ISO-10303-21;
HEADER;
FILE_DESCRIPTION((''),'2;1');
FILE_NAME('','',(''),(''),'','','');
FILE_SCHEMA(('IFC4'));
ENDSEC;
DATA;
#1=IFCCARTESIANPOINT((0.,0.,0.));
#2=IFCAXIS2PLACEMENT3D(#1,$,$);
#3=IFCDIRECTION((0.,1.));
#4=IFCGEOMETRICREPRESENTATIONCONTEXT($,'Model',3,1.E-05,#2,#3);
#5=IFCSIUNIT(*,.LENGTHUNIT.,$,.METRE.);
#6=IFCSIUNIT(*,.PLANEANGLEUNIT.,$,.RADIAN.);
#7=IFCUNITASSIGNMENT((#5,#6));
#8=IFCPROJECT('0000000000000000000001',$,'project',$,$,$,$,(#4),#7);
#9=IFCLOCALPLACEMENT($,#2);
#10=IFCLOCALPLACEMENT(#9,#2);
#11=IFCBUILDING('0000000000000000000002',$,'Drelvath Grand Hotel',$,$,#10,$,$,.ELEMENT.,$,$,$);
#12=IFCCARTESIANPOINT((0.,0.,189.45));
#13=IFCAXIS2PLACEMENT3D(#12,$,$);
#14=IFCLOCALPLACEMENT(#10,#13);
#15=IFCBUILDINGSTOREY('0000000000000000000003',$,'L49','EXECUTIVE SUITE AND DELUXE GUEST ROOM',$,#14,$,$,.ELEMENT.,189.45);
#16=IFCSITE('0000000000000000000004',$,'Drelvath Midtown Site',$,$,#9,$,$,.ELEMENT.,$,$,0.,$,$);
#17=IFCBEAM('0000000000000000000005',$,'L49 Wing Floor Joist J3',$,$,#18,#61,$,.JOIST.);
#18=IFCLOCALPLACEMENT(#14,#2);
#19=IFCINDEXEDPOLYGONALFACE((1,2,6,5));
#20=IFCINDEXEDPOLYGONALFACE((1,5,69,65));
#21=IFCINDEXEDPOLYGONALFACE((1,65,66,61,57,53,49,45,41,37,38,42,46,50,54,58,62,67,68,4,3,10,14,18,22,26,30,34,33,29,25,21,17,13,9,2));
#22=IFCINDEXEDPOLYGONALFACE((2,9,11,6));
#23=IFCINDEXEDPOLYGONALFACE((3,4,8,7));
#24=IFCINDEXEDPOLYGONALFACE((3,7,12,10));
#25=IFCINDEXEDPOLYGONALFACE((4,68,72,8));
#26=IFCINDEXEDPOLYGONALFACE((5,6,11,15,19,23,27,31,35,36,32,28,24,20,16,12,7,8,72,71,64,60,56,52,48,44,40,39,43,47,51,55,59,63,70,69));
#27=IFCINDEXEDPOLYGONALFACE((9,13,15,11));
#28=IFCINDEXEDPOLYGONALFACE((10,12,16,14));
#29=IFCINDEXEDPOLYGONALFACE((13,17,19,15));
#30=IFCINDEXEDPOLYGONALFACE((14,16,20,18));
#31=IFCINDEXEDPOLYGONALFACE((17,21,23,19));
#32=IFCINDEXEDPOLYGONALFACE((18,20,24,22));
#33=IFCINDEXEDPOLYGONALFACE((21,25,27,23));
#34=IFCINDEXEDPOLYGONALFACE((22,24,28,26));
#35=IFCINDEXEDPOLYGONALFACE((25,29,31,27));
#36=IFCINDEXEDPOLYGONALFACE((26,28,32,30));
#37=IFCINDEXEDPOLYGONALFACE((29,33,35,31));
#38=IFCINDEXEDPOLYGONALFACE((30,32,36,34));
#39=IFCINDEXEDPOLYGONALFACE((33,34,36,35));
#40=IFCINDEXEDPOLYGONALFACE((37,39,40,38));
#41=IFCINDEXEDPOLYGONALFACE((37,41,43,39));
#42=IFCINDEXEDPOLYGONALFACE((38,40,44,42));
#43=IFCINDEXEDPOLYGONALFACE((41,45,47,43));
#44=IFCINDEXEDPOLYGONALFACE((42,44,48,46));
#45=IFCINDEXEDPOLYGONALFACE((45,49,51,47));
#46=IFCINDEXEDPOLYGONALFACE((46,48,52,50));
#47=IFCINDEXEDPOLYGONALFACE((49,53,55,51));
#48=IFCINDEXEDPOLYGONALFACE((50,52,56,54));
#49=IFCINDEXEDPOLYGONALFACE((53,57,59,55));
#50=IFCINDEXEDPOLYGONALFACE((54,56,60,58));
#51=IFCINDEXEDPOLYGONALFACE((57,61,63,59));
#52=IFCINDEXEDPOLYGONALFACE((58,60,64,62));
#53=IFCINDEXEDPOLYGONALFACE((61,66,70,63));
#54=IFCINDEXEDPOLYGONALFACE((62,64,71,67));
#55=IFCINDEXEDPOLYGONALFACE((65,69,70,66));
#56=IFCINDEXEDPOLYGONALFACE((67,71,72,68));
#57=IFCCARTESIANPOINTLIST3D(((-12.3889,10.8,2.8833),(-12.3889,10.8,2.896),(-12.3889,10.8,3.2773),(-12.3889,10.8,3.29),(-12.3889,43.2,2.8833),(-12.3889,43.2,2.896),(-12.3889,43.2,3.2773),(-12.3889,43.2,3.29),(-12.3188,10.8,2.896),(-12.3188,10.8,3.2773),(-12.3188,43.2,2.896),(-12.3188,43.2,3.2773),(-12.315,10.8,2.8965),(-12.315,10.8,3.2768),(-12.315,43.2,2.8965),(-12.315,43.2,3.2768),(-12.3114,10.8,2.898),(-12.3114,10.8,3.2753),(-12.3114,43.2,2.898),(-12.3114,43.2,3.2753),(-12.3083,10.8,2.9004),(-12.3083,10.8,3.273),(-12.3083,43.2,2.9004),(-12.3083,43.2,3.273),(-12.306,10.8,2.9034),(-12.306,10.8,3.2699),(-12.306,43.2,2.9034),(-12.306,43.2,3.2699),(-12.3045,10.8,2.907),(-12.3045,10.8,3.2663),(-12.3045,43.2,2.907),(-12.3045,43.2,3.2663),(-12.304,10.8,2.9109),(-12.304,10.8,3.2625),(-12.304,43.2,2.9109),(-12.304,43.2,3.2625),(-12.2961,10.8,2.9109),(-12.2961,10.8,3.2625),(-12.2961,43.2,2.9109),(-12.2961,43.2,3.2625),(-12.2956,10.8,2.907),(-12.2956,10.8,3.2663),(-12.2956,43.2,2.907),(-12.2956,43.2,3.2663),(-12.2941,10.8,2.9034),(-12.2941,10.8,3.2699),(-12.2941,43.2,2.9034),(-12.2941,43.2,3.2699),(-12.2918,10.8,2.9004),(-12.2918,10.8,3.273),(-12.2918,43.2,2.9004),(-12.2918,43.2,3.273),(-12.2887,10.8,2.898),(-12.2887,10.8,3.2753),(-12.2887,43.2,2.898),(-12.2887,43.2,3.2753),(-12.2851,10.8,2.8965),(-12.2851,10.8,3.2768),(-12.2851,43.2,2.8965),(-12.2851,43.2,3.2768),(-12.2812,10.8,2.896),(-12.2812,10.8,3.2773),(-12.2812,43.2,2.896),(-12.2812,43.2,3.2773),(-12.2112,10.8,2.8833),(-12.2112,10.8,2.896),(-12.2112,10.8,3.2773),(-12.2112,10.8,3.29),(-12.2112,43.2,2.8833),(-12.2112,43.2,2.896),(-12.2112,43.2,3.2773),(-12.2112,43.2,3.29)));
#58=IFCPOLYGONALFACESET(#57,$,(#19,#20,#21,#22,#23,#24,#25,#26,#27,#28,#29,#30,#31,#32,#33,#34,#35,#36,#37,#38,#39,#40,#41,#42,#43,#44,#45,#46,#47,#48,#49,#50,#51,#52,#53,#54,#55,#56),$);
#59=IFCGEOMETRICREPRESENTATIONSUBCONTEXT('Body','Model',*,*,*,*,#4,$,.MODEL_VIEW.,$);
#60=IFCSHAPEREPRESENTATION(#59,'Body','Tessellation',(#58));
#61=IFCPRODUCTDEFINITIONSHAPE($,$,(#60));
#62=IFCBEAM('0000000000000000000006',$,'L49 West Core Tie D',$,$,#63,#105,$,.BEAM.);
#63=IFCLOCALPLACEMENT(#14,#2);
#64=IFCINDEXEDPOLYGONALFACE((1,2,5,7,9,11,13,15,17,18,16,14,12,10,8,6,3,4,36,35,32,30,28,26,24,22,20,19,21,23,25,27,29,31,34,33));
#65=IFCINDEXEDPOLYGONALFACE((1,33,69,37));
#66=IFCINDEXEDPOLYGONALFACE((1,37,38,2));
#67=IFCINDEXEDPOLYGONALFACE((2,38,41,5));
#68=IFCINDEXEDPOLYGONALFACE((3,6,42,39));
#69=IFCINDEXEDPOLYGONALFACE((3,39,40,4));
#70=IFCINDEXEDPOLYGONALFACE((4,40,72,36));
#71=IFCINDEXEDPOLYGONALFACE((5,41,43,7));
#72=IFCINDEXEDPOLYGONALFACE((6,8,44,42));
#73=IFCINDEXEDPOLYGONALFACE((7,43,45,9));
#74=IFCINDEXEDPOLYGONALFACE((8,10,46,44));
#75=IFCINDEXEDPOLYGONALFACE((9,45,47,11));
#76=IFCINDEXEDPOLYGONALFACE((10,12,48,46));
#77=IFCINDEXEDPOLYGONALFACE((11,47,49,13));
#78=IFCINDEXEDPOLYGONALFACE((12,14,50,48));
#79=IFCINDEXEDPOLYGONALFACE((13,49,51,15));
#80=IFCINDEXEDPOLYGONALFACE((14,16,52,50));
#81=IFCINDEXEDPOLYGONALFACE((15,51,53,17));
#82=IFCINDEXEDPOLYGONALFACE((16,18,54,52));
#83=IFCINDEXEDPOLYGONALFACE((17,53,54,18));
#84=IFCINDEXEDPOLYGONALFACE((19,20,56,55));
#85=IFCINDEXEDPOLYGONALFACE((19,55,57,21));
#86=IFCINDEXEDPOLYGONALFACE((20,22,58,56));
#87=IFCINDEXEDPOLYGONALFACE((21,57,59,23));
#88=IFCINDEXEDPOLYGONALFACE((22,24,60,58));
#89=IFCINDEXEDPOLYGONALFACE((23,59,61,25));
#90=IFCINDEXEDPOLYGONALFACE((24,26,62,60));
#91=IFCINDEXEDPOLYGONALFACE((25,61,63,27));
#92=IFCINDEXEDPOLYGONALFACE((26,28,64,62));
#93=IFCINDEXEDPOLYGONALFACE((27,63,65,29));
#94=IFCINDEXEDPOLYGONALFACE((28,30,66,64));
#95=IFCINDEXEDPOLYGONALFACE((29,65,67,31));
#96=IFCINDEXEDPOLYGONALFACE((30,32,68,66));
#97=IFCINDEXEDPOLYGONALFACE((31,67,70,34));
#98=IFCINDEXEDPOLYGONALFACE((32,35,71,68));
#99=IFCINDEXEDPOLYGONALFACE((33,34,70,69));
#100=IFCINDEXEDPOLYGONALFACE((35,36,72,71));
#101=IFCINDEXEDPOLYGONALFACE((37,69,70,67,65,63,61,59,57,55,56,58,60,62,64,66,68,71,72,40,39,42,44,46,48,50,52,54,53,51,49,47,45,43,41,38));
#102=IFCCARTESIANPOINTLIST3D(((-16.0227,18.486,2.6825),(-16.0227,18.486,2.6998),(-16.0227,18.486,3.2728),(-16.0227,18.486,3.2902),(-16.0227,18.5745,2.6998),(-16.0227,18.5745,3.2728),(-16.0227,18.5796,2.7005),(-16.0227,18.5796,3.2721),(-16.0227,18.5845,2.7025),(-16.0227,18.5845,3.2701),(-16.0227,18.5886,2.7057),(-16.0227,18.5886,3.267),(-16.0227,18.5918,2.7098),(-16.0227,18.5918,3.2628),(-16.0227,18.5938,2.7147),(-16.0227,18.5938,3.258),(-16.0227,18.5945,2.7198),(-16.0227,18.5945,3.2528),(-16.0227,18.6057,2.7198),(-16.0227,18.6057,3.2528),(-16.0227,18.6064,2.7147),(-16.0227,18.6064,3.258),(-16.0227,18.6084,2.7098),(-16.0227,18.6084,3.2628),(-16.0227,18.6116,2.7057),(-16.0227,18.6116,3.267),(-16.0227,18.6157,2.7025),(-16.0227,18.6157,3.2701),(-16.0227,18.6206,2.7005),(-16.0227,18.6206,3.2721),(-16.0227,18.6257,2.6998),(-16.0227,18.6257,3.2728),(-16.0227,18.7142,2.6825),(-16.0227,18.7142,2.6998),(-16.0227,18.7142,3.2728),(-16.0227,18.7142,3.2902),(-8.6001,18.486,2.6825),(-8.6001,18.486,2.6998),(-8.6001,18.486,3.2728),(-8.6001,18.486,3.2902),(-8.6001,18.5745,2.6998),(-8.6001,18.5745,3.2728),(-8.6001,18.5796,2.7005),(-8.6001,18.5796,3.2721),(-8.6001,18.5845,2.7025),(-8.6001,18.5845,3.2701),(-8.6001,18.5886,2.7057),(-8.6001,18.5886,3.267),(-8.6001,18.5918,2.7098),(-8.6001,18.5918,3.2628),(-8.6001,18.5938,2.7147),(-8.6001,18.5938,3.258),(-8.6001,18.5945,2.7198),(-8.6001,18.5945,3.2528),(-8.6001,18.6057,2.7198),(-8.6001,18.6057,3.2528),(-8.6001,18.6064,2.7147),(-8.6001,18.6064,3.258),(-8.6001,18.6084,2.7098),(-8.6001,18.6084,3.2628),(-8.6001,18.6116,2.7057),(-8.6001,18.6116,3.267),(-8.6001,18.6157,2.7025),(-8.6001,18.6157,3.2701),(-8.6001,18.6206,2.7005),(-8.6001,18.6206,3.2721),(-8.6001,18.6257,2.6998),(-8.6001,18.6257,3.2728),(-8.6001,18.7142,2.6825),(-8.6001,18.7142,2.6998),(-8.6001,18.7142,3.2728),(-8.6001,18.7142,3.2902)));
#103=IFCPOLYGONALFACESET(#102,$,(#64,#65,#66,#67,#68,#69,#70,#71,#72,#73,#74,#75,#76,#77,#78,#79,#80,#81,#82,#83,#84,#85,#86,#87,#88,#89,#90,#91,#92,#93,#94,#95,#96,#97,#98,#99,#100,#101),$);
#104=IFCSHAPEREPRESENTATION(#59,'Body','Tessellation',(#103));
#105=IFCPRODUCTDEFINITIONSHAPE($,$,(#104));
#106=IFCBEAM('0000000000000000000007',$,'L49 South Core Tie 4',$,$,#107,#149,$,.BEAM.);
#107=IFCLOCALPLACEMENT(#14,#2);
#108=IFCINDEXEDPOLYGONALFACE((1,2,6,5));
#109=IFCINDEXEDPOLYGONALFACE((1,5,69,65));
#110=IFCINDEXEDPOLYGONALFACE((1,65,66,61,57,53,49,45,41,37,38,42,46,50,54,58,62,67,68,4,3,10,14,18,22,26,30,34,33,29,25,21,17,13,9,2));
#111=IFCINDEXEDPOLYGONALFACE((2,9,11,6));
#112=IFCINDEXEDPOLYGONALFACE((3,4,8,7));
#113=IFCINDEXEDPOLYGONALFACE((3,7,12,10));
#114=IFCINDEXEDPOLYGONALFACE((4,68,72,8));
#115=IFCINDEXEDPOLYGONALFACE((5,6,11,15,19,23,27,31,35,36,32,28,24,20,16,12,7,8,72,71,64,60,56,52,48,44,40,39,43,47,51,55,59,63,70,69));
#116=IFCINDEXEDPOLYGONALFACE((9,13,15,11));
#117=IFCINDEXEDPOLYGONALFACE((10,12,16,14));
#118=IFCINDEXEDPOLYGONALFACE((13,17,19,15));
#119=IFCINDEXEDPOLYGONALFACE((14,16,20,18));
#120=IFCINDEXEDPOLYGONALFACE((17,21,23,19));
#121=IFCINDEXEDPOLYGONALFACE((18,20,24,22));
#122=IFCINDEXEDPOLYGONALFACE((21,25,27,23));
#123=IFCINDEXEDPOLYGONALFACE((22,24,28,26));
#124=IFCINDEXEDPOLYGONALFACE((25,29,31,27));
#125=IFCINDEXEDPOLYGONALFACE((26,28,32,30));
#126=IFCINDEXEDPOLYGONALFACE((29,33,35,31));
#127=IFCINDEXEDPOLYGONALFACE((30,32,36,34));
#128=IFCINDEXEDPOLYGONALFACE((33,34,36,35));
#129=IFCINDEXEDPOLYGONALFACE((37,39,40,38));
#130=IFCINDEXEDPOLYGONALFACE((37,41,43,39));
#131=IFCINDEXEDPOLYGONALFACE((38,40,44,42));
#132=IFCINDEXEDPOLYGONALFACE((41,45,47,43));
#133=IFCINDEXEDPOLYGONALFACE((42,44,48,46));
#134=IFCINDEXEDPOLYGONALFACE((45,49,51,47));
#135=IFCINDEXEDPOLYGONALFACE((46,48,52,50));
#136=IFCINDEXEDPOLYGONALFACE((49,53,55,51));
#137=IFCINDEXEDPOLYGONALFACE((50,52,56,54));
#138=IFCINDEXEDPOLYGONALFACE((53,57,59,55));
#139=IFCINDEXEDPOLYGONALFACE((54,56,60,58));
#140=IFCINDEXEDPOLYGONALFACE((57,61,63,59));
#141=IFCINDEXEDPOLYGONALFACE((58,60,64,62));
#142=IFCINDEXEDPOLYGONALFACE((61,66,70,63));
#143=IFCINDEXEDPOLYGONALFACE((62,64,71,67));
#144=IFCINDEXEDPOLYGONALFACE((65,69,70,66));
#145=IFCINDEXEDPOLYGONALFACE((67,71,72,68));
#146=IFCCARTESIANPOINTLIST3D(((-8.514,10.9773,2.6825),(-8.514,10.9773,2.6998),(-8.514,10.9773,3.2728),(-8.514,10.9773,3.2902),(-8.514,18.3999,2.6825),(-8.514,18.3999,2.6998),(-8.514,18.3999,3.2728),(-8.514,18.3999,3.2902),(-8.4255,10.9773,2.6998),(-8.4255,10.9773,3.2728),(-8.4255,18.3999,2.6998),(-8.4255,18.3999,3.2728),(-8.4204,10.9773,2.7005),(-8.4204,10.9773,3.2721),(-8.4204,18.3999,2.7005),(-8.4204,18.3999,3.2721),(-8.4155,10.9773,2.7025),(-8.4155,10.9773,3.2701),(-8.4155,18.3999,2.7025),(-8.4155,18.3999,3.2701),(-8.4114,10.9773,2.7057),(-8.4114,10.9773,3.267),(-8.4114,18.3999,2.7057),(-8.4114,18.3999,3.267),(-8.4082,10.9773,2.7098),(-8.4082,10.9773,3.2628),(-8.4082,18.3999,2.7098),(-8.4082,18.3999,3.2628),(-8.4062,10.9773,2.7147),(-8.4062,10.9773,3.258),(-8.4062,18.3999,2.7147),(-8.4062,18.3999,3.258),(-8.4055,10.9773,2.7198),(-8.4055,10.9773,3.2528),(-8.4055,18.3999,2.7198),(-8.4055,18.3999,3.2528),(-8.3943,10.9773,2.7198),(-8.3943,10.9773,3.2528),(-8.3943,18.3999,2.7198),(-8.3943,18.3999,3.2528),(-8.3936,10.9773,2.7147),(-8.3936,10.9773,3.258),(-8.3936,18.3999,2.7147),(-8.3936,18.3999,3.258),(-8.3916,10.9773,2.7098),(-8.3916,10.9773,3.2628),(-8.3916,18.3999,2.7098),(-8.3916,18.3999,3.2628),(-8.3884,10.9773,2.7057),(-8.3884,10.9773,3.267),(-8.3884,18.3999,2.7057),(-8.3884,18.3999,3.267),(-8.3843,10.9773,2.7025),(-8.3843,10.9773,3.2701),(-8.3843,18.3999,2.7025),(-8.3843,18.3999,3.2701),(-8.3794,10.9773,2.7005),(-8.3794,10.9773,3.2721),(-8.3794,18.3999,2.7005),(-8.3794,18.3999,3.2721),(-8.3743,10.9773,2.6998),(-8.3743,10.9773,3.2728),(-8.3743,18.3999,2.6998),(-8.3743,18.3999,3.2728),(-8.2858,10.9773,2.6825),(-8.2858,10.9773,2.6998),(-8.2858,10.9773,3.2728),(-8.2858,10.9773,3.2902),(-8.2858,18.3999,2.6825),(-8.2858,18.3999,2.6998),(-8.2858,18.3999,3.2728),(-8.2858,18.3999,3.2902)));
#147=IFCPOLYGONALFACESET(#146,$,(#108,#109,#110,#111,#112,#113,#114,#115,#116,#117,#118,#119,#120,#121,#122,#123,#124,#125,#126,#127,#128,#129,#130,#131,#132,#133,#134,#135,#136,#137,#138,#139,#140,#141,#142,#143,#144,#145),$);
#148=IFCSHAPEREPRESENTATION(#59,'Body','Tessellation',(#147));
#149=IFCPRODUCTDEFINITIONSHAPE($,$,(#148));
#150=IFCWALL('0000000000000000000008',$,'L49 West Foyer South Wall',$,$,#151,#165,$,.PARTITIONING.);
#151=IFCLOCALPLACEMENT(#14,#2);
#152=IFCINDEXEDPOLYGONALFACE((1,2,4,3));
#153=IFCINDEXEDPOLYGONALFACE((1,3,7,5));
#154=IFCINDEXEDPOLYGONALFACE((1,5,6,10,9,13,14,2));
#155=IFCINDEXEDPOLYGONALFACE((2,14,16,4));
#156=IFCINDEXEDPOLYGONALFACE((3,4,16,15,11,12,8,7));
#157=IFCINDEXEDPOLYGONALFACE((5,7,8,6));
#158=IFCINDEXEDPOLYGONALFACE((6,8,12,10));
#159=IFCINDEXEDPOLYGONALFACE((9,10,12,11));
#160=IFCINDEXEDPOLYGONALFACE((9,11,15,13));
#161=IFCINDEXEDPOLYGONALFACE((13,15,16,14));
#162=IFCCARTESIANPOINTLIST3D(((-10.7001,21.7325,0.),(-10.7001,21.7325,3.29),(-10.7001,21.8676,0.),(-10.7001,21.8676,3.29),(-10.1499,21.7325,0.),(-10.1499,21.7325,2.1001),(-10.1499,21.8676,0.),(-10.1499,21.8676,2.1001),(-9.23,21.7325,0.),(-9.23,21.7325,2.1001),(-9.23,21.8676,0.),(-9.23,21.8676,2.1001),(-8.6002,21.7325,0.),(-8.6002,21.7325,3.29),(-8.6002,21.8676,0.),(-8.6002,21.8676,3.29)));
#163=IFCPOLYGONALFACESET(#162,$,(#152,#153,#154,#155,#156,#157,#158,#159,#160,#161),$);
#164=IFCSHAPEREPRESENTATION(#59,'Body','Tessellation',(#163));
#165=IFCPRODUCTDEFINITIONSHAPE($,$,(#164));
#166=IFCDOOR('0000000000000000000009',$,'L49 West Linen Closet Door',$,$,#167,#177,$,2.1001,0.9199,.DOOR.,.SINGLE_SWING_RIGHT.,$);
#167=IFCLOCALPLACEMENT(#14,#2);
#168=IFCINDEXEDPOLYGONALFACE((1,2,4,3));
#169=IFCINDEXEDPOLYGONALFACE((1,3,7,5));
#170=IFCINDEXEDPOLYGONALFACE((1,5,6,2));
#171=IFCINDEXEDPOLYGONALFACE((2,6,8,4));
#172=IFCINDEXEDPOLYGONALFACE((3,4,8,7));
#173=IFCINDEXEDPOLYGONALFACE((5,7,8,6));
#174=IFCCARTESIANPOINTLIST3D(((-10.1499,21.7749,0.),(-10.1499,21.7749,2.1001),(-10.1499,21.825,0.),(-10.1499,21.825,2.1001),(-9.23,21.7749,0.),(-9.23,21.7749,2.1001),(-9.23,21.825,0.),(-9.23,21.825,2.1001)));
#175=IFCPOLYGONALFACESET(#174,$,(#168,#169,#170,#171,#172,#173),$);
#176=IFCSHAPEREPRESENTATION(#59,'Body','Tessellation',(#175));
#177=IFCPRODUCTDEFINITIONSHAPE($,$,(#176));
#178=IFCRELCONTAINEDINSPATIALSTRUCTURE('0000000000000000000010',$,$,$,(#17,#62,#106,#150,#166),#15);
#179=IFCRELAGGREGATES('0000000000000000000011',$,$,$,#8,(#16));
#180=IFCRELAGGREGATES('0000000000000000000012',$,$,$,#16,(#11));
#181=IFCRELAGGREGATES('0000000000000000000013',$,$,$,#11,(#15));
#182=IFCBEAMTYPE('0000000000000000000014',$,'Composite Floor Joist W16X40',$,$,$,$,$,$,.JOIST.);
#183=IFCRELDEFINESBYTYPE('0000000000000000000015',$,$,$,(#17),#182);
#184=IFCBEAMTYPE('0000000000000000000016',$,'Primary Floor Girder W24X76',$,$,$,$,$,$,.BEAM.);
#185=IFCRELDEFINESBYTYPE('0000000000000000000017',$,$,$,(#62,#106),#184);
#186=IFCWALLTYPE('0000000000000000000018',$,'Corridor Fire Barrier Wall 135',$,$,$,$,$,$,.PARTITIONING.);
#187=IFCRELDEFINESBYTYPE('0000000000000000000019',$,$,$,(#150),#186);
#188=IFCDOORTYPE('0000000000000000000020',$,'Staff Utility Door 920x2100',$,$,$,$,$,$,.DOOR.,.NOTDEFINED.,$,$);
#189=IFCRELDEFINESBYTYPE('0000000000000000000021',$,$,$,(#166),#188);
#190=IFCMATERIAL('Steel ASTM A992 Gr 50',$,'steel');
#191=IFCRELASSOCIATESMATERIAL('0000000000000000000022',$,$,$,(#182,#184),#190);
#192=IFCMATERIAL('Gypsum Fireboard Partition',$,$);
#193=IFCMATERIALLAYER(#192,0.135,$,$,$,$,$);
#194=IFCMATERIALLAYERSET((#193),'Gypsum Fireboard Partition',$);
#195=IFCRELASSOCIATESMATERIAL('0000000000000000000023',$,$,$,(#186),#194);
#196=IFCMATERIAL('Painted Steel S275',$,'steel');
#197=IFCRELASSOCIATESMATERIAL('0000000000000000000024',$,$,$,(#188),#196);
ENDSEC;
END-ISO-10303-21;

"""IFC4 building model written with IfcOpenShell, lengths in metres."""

from ifc_helpers import new_model, si_unit, direction, frame, frame_2d, origin, origin_2d, place, context, subcontext, project, spatial, rectangle, i_section, extrude, material, layer, layer_set, material_profile, profile_set, type_object, element, fill, save


model = new_model("IFC4")

# Units and contexts
model_context = context("Model", 3, precision=1e-05, world=origin(), true_north=direction((0.0, 1.0)))
body_context = subcontext(model_context, "Body", "Model", "MODEL_VIEW")
ifc_project = project(units=[si_unit("LENGTHUNIT", "METRE"), si_unit("PLANEANGLEUNIT", "RADIAN")], contexts=[model_context])

# Site, building, storey
site_placement = place(None, origin())
site = spatial("IfcSite", under=ifc_project, at=site_placement, Name="Drelvath Midtown Site", CompositionType="ELEMENT", RefElevation=0.0)
building_placement = place(site_placement, origin())
building = spatial("IfcBuilding", under=site, at=building_placement, Name="Drelvath Grand Hotel", CompositionType="ELEMENT")
storey_placement = place(building_placement, frame((0.0, 0.0, 189.45)))
storey = spatial("IfcBuildingStorey", under=building, at=storey_placement, Name="L49", Description="EXECUTIVE SUITE AND DELUXE GUEST ROOM", CompositionType="ELEMENT", Elevation=189.45)

# Beams
ifc_material_1 = material(Name="Steel ASTM A992 Gr 50", Category="steel")
ifc_material_profile_1 = material_profile(ifc_material_1, i_section(OverallWidth=0.1777, OverallDepth=0.4067, WebThickness=0.0078, FlangeThickness=0.0127, FilletRadius=0.0149, at=origin_2d()), Name="W16X40")
ifc_profile_set_1 = profile_set([ifc_material_profile_1], Name="Steel ASTM A992 Gr 50")
beam_type_1 = type_object("IfcBeamType", Name="Composite Floor Joist W16X40", PredefinedType="JOIST", material=ifc_profile_set_1)
beam_placement = place(storey_placement, frame((-12.3, 10.8, 3.0867), z_axis=(0.0, 1.0, 0.0), x_axis=(-1.0, 0.0, 0.0)))
element("IfcBeam", 1, at=beam_placement, inside=storey, type_object=beam_type_1, Name="L49 Wing Floor Joist J3", PredefinedType="JOIST", context=body_context, shape_type="SweptSolid", body=[
    extrude(i_section(OverallWidth=0.1777, OverallDepth=0.4067, WebThickness=0.0078, FlangeThickness=0.0127, FilletRadius=0.0149, at=origin_2d()), origin(), (0.0, 0.0, 1.0), 32.3999),
])
ifc_material_profile_2 = material_profile(ifc_material_1, i_section(OverallWidth=0.2283, OverallDepth=0.6077, WebThickness=0.0112, FlangeThickness=0.0173, FilletRadius=0.02, at=origin_2d()), Name="W24X76")
ifc_profile_set_2 = profile_set([ifc_material_profile_2], Name="Steel ASTM A992 Gr 50")
beam_type_2 = type_object("IfcBeamType", Name="Primary Floor Girder W24X76", PredefinedType="BEAM", material=ifc_profile_set_2)
for number, where, z_axis, x_axis, name in (
    (2, (-16.0227, 18.6001, 2.9863), (1.0, 0.0, 0.0), (0.0, 1.0, 0.0), "L49 West Core Tie D"),
    (3, (-8.3999, 10.9773, 2.9863), (0.0, 1.0, 0.0), (-1.0, 0.0, 0.0), "L49 South Core Tie 4"),
):
    element("IfcBeam", number, at=place(storey_placement, frame(where, z_axis=z_axis, x_axis=x_axis)), inside=storey, type_object=beam_type_2, Name=name, PredefinedType="BEAM", context=body_context, shape_type="SweptSolid", body=[
        extrude(i_section(OverallWidth=0.2283, OverallDepth=0.6077, WebThickness=0.0112, FlangeThickness=0.0173, FilletRadius=0.02, at=origin_2d()), origin(), (0.0, 0.0, 1.0), 7.4226),
    ])

# Wall, opening, door
ifc_material_2 = material(Name="Gypsum Fireboard Partition")
ifc_layer_1 = layer(ifc_material_2, 0.135)
ifc_layer_set_1 = layer_set([ifc_layer_1], Name="Gypsum Fireboard Partition")
wall_type_1 = type_object("IfcWallType", Name="Corridor Fire Barrier Wall 135", PredefinedType="PARTITIONING", material=ifc_layer_set_1)
wall_1_placement = place(storey_placement, frame((-10.7, 21.8, 0.0), z_axis=(0.0, 0.0, 1.0), x_axis=(1.0, 0.0, 0.0)))
wall_1 = element("IfcWall", 4, at=wall_1_placement, inside=storey, type_object=wall_type_1, Name="L49 West Foyer South Wall", PredefinedType="PARTITIONING", context=body_context, shape_type="SweptSolid", body=[
    extrude(rectangle(XDim=2.0999, YDim=0.135, at=frame_2d((1.0498, 0.0))), origin(), (0.0, 0.0, 1.0), 3.29),
])
opening_1_placement = place(wall_1_placement, frame((0.55, 0.0, 0.0)))
opening_1 = element("IfcOpeningElement", 5, at=opening_1_placement, cuts=wall_1, PredefinedType="OPENING", context=body_context, shape_type="SweptSolid", body=[
    extrude(rectangle(XDim=0.9199, YDim=2.1001, at=frame_2d((0.46, 1.05))), frame((0.0, 0.0774, 0.0), z_axis=(0.0, -1.0, 0.0), x_axis=(1.0, 0.0, 0.0)), (0.0, 0.0, 1.0), 0.155),
])
ifc_material_3 = material(Name="Painted Steel S275", Category="steel")
door_type_1 = type_object("IfcDoorType", Name="Staff Utility Door 920x2100", OperationType="NOTDEFINED", PredefinedType="DOOR", material=ifc_material_3)
door_1_placement = place(opening_1_placement, origin())
door_1 = element("IfcDoor", 6, at=door_1_placement, inside=storey, type_object=door_type_1, Name="L49 West Linen Closet Door", OperationType="SINGLE_SWING_RIGHT", OverallHeight=2.1001, OverallWidth=0.9199, PredefinedType="DOOR", context=body_context, shape_type="SweptSolid", body=[
    extrude(rectangle(XDim=0.9199, YDim=2.1001, at=frame_2d((0.46, 1.05))), frame((0.0, 0.0249, 0.0), z_axis=(0.0, -1.0, 0.0), x_axis=(1.0, 0.0, 0.0)), (0.0, 0.0, 1.0), 0.05),
])
fill(opening_1, door_1)

save(model, "model.ifc")
